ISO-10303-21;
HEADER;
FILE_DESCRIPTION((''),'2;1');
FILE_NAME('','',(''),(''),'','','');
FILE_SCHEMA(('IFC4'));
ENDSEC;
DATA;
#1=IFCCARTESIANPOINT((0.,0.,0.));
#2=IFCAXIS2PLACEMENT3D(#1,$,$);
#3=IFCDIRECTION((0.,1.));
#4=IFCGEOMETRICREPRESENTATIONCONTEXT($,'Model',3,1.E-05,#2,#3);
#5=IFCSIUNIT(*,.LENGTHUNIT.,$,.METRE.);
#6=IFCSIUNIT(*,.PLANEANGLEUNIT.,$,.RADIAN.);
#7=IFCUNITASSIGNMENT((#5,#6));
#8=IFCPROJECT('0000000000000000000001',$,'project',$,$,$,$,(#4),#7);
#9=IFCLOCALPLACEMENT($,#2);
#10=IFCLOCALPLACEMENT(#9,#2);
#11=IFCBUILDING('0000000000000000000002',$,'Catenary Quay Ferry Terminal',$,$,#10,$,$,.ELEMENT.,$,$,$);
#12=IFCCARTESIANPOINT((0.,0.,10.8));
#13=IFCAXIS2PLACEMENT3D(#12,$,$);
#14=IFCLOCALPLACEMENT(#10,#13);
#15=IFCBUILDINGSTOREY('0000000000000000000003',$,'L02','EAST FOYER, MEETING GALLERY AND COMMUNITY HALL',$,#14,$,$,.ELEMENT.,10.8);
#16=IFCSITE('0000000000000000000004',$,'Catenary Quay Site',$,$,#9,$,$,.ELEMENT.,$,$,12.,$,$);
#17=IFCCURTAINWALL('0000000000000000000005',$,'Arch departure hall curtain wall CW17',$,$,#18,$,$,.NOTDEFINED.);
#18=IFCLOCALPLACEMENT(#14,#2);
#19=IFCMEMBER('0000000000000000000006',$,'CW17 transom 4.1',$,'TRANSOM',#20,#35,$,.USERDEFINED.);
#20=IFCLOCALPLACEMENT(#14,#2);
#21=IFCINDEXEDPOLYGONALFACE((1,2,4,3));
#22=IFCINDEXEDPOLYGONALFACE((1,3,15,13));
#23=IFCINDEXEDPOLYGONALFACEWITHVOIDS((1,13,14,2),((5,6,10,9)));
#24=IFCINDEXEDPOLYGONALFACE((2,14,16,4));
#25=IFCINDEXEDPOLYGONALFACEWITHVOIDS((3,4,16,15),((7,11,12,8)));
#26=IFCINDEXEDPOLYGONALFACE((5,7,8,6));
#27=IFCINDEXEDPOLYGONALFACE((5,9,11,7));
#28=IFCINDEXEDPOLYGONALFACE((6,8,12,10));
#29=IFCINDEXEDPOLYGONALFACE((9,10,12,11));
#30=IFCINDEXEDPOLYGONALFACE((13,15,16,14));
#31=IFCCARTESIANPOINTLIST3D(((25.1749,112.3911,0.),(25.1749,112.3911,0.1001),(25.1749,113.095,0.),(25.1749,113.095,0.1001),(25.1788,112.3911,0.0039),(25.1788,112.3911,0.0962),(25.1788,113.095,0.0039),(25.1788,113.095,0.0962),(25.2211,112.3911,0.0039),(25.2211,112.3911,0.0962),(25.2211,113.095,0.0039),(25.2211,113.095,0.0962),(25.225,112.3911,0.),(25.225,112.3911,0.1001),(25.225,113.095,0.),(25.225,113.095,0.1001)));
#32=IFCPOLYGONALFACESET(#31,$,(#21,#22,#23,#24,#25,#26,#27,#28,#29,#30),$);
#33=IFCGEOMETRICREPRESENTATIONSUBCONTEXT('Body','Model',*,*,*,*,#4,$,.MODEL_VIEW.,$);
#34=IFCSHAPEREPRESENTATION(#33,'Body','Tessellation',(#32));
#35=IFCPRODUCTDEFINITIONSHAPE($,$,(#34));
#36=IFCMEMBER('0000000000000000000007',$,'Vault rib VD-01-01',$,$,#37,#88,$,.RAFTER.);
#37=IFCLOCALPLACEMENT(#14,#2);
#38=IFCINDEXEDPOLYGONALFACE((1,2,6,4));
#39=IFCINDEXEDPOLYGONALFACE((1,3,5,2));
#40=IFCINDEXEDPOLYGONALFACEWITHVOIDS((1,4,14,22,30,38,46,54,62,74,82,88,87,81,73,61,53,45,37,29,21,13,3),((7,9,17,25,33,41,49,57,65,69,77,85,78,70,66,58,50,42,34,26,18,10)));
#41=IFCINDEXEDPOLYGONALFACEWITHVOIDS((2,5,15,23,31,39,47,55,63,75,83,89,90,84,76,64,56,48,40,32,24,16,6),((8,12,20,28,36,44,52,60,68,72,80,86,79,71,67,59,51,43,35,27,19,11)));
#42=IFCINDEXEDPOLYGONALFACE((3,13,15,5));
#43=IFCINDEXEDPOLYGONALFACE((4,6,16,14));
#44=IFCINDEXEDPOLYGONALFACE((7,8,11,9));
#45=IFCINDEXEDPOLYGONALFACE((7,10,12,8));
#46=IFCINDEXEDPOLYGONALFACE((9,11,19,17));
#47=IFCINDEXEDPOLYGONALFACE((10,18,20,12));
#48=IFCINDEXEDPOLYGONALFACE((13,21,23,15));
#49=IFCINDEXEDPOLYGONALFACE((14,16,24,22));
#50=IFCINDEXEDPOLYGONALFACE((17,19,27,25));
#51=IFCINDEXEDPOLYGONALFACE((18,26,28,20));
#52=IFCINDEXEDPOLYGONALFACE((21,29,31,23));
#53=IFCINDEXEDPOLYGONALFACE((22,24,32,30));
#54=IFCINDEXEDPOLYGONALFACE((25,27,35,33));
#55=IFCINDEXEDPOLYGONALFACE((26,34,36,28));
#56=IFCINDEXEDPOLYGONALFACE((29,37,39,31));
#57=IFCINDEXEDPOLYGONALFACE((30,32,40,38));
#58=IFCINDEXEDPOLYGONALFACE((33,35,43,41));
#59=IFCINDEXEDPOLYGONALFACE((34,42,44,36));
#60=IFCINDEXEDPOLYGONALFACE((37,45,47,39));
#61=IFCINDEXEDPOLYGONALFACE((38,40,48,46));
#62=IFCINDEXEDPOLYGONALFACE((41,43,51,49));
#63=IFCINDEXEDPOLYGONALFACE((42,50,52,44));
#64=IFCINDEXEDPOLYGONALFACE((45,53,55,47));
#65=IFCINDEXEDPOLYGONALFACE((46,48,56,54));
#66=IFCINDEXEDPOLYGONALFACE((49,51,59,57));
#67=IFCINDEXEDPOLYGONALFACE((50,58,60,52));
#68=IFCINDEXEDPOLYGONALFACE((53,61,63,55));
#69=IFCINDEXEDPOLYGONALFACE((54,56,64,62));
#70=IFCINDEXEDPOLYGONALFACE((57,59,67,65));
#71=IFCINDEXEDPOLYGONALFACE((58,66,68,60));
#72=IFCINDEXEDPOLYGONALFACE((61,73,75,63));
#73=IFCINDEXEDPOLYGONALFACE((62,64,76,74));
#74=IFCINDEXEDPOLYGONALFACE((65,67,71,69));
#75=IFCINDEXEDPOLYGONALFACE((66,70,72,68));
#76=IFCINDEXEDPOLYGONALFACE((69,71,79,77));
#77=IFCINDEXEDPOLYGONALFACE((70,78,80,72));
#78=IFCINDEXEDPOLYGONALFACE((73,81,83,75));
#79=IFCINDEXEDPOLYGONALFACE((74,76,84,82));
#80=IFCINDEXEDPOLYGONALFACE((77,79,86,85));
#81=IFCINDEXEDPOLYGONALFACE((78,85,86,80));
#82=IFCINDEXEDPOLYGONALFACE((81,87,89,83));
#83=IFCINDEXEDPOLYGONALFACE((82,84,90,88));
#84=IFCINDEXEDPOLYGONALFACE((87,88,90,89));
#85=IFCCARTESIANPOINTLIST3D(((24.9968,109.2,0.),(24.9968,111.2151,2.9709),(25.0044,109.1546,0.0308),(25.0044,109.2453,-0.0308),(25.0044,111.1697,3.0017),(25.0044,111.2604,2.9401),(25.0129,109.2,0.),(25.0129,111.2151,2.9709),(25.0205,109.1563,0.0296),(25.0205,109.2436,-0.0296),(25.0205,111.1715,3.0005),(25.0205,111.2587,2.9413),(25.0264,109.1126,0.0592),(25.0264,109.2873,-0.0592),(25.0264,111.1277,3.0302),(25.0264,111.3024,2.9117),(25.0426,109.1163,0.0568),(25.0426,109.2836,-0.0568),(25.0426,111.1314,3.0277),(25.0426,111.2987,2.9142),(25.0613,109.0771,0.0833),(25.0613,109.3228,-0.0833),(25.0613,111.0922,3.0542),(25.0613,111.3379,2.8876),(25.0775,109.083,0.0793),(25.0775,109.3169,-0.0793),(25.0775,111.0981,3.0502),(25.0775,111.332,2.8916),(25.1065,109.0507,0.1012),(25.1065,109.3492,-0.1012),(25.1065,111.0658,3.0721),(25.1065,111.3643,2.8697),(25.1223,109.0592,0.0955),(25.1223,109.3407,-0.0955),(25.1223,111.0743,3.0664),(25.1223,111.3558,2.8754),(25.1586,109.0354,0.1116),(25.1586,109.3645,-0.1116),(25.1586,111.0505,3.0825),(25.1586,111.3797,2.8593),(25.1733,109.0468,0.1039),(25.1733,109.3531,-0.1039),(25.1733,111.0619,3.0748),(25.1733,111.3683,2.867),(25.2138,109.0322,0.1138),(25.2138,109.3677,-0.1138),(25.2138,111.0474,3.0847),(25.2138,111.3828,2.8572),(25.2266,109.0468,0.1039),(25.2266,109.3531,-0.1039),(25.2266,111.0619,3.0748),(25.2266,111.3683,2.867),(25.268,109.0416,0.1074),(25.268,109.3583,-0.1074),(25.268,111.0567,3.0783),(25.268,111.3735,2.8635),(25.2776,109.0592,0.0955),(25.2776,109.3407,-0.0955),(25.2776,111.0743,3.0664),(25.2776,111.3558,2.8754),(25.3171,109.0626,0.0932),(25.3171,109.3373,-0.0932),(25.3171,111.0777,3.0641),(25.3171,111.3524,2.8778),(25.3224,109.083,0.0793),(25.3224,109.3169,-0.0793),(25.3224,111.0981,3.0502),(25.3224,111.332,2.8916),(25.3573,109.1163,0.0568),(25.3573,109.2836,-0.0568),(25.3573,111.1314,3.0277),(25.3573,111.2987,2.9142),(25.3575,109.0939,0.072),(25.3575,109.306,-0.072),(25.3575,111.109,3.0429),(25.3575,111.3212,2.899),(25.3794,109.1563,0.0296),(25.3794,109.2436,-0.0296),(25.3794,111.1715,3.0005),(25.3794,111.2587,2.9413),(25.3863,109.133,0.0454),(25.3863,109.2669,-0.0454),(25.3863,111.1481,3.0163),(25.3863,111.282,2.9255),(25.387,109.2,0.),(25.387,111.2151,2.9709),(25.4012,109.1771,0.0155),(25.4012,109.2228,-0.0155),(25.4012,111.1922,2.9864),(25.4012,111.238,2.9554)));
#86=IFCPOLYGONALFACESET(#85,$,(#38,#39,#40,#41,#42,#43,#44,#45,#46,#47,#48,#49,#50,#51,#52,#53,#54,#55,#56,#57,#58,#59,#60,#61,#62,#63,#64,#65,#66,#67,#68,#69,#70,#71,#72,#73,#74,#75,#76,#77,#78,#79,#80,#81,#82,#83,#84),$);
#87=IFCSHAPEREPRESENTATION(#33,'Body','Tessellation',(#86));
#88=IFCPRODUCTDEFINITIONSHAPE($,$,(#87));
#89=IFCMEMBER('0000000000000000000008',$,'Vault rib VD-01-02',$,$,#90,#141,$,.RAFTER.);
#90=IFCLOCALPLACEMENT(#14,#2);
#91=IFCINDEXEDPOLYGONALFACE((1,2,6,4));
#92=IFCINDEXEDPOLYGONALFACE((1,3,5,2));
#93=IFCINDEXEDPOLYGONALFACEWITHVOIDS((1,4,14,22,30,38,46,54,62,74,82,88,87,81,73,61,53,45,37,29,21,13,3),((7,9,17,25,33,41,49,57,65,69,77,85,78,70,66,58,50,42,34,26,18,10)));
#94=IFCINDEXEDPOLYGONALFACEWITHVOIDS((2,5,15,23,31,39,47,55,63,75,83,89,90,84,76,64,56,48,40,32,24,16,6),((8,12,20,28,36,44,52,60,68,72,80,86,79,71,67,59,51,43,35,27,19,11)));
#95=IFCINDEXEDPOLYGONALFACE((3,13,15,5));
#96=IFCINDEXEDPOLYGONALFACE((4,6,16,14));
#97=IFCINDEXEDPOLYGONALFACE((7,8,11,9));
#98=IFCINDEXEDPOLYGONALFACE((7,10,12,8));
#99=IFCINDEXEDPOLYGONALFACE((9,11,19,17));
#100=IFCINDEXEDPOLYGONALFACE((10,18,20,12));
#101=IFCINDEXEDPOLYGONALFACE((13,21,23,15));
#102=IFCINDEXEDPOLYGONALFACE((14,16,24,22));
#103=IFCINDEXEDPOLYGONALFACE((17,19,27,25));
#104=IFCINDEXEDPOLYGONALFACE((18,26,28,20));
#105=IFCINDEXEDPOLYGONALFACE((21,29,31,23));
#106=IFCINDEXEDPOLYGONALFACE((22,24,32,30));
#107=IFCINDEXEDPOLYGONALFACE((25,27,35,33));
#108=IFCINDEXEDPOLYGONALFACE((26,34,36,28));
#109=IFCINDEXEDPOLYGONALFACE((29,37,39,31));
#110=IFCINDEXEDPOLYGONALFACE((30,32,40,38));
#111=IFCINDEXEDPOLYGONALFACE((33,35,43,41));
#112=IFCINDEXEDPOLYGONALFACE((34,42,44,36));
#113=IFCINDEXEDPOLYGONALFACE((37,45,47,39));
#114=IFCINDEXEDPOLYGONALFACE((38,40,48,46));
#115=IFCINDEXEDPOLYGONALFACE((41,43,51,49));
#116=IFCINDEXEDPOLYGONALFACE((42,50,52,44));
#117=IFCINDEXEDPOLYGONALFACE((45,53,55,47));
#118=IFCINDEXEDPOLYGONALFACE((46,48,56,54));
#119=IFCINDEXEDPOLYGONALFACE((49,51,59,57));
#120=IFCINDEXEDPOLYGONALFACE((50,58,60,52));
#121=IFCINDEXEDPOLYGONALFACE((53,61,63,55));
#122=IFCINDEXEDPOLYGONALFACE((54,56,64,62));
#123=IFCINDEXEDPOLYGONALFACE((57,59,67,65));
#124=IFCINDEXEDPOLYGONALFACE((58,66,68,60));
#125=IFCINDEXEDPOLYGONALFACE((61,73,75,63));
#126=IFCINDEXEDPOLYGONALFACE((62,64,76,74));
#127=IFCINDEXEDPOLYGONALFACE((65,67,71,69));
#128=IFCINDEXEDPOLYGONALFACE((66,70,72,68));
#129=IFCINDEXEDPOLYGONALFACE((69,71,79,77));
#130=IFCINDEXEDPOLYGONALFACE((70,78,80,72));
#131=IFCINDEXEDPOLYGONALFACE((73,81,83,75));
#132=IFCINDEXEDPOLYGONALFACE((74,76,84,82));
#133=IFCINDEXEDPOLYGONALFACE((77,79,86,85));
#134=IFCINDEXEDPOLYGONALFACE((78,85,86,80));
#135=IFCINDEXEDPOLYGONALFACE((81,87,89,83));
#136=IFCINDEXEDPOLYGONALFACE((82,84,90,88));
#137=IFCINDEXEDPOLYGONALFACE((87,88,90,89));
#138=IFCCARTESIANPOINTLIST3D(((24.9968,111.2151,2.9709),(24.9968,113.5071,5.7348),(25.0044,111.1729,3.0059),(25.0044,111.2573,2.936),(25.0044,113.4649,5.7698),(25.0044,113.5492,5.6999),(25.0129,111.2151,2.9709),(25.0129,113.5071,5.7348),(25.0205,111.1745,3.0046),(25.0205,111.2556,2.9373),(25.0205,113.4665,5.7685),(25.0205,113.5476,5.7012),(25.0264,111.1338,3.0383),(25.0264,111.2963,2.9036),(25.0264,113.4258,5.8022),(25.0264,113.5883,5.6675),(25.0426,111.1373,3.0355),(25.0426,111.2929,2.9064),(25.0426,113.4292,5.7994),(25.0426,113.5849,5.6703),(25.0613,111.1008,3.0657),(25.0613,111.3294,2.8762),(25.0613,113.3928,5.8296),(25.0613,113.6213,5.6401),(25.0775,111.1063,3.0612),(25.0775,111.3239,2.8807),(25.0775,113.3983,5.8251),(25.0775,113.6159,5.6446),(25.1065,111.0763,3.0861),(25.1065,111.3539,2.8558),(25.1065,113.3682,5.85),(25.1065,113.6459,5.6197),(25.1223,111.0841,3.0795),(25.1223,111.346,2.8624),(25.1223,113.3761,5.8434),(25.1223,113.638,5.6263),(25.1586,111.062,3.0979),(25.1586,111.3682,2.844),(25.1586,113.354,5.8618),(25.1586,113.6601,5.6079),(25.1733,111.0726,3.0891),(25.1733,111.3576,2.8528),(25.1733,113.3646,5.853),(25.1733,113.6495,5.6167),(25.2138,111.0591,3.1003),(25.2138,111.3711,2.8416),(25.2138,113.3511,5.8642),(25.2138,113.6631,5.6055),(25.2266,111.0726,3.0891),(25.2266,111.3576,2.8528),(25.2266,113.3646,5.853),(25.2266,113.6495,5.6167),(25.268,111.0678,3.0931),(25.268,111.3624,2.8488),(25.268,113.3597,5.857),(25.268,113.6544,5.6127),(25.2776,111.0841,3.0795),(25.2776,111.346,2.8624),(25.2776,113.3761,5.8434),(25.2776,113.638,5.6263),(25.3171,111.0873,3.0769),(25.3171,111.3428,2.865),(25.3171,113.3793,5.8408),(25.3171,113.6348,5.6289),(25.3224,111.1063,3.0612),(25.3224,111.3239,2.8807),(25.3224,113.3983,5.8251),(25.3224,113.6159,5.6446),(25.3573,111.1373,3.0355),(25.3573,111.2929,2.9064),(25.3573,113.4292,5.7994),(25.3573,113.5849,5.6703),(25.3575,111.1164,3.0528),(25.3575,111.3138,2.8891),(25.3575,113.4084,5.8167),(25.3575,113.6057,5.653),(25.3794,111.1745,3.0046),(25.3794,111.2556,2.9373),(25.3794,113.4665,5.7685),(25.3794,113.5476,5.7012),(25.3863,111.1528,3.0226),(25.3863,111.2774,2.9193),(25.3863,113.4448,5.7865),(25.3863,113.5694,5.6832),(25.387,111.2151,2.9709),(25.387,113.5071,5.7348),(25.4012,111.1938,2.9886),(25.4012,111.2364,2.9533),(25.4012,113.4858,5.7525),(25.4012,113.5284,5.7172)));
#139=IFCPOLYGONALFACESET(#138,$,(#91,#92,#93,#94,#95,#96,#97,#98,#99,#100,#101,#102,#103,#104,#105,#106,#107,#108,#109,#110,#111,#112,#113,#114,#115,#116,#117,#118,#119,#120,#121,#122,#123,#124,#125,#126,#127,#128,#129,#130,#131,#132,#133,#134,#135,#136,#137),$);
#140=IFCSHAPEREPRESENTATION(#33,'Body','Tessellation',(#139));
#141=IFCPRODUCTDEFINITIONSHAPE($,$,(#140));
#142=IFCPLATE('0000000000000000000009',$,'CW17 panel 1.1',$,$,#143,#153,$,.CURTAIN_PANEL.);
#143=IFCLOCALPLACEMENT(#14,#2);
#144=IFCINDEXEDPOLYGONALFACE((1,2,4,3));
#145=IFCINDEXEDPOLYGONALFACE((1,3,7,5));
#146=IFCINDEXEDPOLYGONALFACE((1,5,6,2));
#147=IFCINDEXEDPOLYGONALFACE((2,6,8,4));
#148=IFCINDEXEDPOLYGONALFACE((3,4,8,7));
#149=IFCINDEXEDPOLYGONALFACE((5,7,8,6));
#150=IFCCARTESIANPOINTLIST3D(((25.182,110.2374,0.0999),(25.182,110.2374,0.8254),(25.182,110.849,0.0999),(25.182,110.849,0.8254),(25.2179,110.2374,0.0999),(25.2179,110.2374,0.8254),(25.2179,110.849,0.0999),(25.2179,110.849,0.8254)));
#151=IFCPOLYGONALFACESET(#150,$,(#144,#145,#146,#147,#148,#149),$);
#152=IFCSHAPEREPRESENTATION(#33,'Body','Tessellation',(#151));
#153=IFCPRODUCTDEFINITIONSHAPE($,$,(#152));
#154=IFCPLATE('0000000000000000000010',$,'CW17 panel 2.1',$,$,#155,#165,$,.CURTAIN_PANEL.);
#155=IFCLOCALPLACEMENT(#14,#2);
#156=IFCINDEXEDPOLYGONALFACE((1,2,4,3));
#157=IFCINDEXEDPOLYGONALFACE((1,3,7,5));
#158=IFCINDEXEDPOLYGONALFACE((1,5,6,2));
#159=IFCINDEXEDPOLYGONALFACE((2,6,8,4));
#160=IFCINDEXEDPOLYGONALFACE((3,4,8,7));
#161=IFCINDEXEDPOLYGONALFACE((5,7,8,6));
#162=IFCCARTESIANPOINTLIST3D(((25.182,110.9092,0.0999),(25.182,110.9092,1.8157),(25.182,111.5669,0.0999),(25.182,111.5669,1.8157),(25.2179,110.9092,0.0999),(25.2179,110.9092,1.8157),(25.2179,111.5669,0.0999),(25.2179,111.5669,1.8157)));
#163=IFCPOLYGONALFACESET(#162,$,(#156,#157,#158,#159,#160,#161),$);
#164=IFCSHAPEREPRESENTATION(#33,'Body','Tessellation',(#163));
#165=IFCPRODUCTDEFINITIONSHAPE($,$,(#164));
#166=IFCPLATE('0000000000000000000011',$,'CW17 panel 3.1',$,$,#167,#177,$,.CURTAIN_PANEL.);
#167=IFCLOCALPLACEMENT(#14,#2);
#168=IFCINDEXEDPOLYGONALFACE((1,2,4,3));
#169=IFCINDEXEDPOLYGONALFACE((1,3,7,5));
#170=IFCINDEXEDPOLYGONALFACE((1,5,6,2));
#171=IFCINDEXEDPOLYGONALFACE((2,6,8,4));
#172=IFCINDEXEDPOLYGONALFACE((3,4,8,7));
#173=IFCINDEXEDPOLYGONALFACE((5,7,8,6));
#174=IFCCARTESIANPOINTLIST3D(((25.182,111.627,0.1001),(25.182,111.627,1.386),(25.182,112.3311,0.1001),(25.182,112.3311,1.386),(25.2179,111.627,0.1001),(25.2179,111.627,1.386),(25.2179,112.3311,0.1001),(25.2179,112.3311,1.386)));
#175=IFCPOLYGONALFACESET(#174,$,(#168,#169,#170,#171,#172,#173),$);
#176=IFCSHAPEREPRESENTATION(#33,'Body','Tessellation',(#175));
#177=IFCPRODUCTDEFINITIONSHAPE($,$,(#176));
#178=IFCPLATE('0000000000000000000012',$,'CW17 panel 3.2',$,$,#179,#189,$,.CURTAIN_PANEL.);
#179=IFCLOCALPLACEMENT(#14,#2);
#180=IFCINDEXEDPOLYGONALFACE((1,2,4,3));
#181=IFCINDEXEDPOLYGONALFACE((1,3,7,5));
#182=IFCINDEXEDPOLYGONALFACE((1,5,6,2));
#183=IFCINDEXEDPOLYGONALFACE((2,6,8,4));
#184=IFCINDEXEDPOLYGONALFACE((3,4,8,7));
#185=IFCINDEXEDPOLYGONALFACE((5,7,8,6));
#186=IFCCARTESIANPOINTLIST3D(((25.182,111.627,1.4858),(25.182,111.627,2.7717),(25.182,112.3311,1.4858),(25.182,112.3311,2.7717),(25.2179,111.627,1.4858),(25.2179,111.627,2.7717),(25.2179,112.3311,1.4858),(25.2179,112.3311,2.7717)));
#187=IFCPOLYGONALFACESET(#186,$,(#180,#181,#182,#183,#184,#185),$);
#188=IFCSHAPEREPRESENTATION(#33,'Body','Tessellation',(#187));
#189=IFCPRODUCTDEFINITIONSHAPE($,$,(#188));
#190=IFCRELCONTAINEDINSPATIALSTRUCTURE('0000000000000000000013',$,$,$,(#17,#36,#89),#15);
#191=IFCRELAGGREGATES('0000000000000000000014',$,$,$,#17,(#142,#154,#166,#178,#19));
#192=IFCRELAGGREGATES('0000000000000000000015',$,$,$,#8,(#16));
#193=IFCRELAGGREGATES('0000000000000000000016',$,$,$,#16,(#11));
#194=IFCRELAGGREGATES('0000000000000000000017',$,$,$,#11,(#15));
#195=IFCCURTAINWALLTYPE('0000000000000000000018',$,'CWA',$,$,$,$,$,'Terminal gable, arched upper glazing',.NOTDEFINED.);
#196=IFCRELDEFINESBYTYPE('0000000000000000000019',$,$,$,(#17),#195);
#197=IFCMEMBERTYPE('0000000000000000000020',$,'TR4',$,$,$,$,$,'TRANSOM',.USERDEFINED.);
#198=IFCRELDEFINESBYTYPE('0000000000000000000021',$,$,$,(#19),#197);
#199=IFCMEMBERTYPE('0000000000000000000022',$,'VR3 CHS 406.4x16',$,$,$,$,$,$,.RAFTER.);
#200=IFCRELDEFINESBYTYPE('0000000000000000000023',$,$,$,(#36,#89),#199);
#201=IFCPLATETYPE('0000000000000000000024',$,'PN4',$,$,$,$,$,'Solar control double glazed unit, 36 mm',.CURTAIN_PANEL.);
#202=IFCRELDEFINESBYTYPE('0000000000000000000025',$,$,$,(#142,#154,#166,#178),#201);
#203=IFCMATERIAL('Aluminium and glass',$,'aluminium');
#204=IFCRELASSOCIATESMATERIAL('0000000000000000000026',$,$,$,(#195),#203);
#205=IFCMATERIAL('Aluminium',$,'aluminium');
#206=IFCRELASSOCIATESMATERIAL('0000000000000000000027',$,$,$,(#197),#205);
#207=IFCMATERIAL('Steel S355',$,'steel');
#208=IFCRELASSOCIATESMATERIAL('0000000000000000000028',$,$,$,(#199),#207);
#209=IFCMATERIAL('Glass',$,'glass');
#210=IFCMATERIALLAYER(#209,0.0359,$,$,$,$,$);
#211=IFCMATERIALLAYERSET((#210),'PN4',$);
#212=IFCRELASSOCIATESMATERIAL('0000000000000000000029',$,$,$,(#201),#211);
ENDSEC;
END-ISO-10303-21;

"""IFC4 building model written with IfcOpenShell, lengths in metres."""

from ifc_helpers import new_model, si_unit, direction, frame, origin, origin_2d, place, context, subcontext, project, spatial, rectangle, hollow_rectangle, hollow_circle, extrude, material, layer, layer_set, material_profile, profile_set, type_object, element, aggregate, save


model = new_model("IFC4")

# Units and contexts
model_context = context("Model", 3, precision=1e-05, world=origin(), true_north=direction((0.0, 1.0)))
body_context = subcontext(model_context, "Body", "Model", "MODEL_VIEW")
ifc_project = project(units=[si_unit("LENGTHUNIT", "METRE"), si_unit("PLANEANGLEUNIT", "RADIAN")], contexts=[model_context])

# Site, building, storey
site_placement = place(None, origin())
site = spatial("IfcSite", under=ifc_project, at=site_placement, Name="Catenary Quay Site", CompositionType="ELEMENT", RefElevation=12.0)
building_placement = place(site_placement, origin())
building = spatial("IfcBuilding", under=site, at=building_placement, Name="Catenary Quay Ferry Terminal", CompositionType="ELEMENT")
storey_placement = place(building_placement, frame((0.0, 0.0, 10.8)))
storey = spatial("IfcBuildingStorey", under=building, at=storey_placement, Name="L02", Description="EAST FOYER, MEETING GALLERY AND COMMUNITY HALL", CompositionType="ELEMENT", Elevation=10.8)

# Curtain wall, member
ifc_material_1 = material(Name="Aluminium and glass", Category="aluminium")
curtain_wall_type = type_object("IfcCurtainWallType", Name="CWA", ElementType="Terminal gable, arched upper glazing", PredefinedType="NOTDEFINED", material=ifc_material_1)
curtain_wall_placement = place(storey_placement, origin())
curtain_wall = element("IfcCurtainWall", 1, at=curtain_wall_placement, inside=storey, type_object=curtain_wall_type, Name="Arch departure hall curtain wall CW17", PredefinedType="NOTDEFINED")
ifc_material_2 = material(Name="Aluminium", Category="aluminium")
ifc_material_profile_1 = material_profile(ifc_material_2, hollow_rectangle(XDim=0.05, YDim=0.1001, WallThickness=0.0039, at=origin_2d()), Name="TR4")
ifc_profile_set_1 = profile_set([ifc_material_profile_1], Name="Aluminium")
member_type_1 = type_object("IfcMemberType", Name="TR4", ElementType="TRANSOM", PredefinedType="USERDEFINED", material=ifc_profile_set_1)
member_1_placement = place(storey_placement, frame((25.2, 112.3911, 0.05), z_axis=(0.0, 1.0, 0.0), x_axis=(-1.0, 0.0, 0.0)))
member_1 = element("IfcMember", 2, at=member_1_placement, type_object=member_type_1, Name="CW17 transom 4.1", ObjectType="TRANSOM", PredefinedType="USERDEFINED", context=body_context, shape_type="SweptSolid", body=[
    extrude(hollow_rectangle(XDim=0.05, YDim=0.1001, WallThickness=0.0039, at=origin_2d()), origin(), (0.0, 0.0, 1.0), 0.7039),
])

# Members
ifc_material_3 = material(Name="Steel S355", Category="steel")
ifc_material_profile_2 = material_profile(ifc_material_3, hollow_circle(Radius=0.2031, WallThickness=0.0161, at=origin_2d()), Name="CHS 406.4x16")
ifc_profile_set_2 = profile_set([ifc_material_profile_2], Name="Steel S355")
member_type_2 = type_object("IfcMemberType", Name="VR3 CHS 406.4x16", PredefinedType="RAFTER", material=ifc_profile_set_2)
member_2_placement = place(storey_placement, frame((25.2, 109.2, 0.0), z_axis=(0.0, 0.561337, 0.827587), x_axis=(-1.0, 0.0, 0.0)))
element("IfcMember", 3, at=member_2_placement, inside=storey, type_object=member_type_2, Name="Vault rib VD-01-01", PredefinedType="RAFTER", context=body_context, shape_type="SweptSolid", body=[
    extrude(hollow_circle(Radius=0.2031, WallThickness=0.0161, at=origin_2d()), origin(), (0.0, 0.0, 1.0), 3.5898),
])
member_3_placement = place(storey_placement, frame((25.2, 111.2151, 2.9709), z_axis=(0.0, 0.63833, 0.769763), x_axis=(-1.0, 0.0, 0.0)))
element("IfcMember", 4, at=member_3_placement, inside=storey, type_object=member_type_2, Name="Vault rib VD-01-02", PredefinedType="RAFTER", context=body_context, shape_type="SweptSolid", body=[
    extrude(hollow_circle(Radius=0.2031, WallThickness=0.0161, at=origin_2d()), origin(), (0.0, 0.0, 1.0), 3.5906),
])

# Plates
ifc_material_4 = material(Name="Glass", Category="glass")
ifc_layer_1 = layer(ifc_material_4, 0.0359)
ifc_layer_set_1 = layer_set([ifc_layer_1], Name="PN4")
plate_type_1 = type_object("IfcPlateType", Name="PN4", ElementType="Solar control double glazed unit, 36 mm", PredefinedType="CURTAIN_PANEL", material=ifc_layer_set_1)
plate_1_placement = place(storey_placement, frame((25.2, 110.5432, 0.0999), z_axis=(0.0, 0.0, 1.0), x_axis=(0.0, 1.0, 0.0)))
plate_1 = element("IfcPlate", 5, at=plate_1_placement, type_object=plate_type_1, Name="CW17 panel 1.1", PredefinedType="CURTAIN_PANEL", context=body_context, shape_type="SweptSolid", body=[
    extrude(rectangle(XDim=0.6116, YDim=0.0359, at=origin_2d()), origin(), (0.0, 0.0, 1.0), 0.7256),
])
plate_2_placement = place(storey_placement, frame((25.2, 111.238, 0.0999), z_axis=(0.0, 0.0, 1.0), x_axis=(0.0, 1.0, 0.0)))
plate_2 = element("IfcPlate", 6, at=plate_2_placement, type_object=plate_type_1, Name="CW17 panel 2.1", PredefinedType="CURTAIN_PANEL", context=body_context, shape_type="SweptSolid", body=[
    extrude(rectangle(XDim=0.6577, YDim=0.0359, at=origin_2d()), origin(), (0.0, 0.0, 1.0), 1.7158),
])
plate_3_placement = place(storey_placement, frame((25.2, 111.979, 0.1001), z_axis=(0.0, 0.0, 1.0), x_axis=(0.0, 1.0, 0.0)))
plate_3 = element("IfcPlate", 7, at=plate_3_placement, type_object=plate_type_1, Name="CW17 panel 3.1", PredefinedType="CURTAIN_PANEL", context=body_context, shape_type="SweptSolid", body=[
    extrude(rectangle(XDim=0.7041, YDim=0.0359, at=origin_2d()), origin(), (0.0, 0.0, 1.0), 1.2859),
])
plate_4_placement = place(storey_placement, frame((25.2, 111.979, 1.4858), z_axis=(0.0, 0.0, 1.0), x_axis=(0.0, 1.0, 0.0)))
plate_4 = element("IfcPlate", 8, at=plate_4_placement, type_object=plate_type_1, Name="CW17 panel 3.2", PredefinedType="CURTAIN_PANEL", context=body_context, shape_type="SweptSolid", body=[
    extrude(rectangle(XDim=0.7041, YDim=0.0359, at=origin_2d()), origin(), (0.0, 0.0, 1.0), 1.2859),
])
aggregate(curtain_wall, [plate_1, plate_2, plate_3, plate_4, member_1])

save(model, "model.ifc")
